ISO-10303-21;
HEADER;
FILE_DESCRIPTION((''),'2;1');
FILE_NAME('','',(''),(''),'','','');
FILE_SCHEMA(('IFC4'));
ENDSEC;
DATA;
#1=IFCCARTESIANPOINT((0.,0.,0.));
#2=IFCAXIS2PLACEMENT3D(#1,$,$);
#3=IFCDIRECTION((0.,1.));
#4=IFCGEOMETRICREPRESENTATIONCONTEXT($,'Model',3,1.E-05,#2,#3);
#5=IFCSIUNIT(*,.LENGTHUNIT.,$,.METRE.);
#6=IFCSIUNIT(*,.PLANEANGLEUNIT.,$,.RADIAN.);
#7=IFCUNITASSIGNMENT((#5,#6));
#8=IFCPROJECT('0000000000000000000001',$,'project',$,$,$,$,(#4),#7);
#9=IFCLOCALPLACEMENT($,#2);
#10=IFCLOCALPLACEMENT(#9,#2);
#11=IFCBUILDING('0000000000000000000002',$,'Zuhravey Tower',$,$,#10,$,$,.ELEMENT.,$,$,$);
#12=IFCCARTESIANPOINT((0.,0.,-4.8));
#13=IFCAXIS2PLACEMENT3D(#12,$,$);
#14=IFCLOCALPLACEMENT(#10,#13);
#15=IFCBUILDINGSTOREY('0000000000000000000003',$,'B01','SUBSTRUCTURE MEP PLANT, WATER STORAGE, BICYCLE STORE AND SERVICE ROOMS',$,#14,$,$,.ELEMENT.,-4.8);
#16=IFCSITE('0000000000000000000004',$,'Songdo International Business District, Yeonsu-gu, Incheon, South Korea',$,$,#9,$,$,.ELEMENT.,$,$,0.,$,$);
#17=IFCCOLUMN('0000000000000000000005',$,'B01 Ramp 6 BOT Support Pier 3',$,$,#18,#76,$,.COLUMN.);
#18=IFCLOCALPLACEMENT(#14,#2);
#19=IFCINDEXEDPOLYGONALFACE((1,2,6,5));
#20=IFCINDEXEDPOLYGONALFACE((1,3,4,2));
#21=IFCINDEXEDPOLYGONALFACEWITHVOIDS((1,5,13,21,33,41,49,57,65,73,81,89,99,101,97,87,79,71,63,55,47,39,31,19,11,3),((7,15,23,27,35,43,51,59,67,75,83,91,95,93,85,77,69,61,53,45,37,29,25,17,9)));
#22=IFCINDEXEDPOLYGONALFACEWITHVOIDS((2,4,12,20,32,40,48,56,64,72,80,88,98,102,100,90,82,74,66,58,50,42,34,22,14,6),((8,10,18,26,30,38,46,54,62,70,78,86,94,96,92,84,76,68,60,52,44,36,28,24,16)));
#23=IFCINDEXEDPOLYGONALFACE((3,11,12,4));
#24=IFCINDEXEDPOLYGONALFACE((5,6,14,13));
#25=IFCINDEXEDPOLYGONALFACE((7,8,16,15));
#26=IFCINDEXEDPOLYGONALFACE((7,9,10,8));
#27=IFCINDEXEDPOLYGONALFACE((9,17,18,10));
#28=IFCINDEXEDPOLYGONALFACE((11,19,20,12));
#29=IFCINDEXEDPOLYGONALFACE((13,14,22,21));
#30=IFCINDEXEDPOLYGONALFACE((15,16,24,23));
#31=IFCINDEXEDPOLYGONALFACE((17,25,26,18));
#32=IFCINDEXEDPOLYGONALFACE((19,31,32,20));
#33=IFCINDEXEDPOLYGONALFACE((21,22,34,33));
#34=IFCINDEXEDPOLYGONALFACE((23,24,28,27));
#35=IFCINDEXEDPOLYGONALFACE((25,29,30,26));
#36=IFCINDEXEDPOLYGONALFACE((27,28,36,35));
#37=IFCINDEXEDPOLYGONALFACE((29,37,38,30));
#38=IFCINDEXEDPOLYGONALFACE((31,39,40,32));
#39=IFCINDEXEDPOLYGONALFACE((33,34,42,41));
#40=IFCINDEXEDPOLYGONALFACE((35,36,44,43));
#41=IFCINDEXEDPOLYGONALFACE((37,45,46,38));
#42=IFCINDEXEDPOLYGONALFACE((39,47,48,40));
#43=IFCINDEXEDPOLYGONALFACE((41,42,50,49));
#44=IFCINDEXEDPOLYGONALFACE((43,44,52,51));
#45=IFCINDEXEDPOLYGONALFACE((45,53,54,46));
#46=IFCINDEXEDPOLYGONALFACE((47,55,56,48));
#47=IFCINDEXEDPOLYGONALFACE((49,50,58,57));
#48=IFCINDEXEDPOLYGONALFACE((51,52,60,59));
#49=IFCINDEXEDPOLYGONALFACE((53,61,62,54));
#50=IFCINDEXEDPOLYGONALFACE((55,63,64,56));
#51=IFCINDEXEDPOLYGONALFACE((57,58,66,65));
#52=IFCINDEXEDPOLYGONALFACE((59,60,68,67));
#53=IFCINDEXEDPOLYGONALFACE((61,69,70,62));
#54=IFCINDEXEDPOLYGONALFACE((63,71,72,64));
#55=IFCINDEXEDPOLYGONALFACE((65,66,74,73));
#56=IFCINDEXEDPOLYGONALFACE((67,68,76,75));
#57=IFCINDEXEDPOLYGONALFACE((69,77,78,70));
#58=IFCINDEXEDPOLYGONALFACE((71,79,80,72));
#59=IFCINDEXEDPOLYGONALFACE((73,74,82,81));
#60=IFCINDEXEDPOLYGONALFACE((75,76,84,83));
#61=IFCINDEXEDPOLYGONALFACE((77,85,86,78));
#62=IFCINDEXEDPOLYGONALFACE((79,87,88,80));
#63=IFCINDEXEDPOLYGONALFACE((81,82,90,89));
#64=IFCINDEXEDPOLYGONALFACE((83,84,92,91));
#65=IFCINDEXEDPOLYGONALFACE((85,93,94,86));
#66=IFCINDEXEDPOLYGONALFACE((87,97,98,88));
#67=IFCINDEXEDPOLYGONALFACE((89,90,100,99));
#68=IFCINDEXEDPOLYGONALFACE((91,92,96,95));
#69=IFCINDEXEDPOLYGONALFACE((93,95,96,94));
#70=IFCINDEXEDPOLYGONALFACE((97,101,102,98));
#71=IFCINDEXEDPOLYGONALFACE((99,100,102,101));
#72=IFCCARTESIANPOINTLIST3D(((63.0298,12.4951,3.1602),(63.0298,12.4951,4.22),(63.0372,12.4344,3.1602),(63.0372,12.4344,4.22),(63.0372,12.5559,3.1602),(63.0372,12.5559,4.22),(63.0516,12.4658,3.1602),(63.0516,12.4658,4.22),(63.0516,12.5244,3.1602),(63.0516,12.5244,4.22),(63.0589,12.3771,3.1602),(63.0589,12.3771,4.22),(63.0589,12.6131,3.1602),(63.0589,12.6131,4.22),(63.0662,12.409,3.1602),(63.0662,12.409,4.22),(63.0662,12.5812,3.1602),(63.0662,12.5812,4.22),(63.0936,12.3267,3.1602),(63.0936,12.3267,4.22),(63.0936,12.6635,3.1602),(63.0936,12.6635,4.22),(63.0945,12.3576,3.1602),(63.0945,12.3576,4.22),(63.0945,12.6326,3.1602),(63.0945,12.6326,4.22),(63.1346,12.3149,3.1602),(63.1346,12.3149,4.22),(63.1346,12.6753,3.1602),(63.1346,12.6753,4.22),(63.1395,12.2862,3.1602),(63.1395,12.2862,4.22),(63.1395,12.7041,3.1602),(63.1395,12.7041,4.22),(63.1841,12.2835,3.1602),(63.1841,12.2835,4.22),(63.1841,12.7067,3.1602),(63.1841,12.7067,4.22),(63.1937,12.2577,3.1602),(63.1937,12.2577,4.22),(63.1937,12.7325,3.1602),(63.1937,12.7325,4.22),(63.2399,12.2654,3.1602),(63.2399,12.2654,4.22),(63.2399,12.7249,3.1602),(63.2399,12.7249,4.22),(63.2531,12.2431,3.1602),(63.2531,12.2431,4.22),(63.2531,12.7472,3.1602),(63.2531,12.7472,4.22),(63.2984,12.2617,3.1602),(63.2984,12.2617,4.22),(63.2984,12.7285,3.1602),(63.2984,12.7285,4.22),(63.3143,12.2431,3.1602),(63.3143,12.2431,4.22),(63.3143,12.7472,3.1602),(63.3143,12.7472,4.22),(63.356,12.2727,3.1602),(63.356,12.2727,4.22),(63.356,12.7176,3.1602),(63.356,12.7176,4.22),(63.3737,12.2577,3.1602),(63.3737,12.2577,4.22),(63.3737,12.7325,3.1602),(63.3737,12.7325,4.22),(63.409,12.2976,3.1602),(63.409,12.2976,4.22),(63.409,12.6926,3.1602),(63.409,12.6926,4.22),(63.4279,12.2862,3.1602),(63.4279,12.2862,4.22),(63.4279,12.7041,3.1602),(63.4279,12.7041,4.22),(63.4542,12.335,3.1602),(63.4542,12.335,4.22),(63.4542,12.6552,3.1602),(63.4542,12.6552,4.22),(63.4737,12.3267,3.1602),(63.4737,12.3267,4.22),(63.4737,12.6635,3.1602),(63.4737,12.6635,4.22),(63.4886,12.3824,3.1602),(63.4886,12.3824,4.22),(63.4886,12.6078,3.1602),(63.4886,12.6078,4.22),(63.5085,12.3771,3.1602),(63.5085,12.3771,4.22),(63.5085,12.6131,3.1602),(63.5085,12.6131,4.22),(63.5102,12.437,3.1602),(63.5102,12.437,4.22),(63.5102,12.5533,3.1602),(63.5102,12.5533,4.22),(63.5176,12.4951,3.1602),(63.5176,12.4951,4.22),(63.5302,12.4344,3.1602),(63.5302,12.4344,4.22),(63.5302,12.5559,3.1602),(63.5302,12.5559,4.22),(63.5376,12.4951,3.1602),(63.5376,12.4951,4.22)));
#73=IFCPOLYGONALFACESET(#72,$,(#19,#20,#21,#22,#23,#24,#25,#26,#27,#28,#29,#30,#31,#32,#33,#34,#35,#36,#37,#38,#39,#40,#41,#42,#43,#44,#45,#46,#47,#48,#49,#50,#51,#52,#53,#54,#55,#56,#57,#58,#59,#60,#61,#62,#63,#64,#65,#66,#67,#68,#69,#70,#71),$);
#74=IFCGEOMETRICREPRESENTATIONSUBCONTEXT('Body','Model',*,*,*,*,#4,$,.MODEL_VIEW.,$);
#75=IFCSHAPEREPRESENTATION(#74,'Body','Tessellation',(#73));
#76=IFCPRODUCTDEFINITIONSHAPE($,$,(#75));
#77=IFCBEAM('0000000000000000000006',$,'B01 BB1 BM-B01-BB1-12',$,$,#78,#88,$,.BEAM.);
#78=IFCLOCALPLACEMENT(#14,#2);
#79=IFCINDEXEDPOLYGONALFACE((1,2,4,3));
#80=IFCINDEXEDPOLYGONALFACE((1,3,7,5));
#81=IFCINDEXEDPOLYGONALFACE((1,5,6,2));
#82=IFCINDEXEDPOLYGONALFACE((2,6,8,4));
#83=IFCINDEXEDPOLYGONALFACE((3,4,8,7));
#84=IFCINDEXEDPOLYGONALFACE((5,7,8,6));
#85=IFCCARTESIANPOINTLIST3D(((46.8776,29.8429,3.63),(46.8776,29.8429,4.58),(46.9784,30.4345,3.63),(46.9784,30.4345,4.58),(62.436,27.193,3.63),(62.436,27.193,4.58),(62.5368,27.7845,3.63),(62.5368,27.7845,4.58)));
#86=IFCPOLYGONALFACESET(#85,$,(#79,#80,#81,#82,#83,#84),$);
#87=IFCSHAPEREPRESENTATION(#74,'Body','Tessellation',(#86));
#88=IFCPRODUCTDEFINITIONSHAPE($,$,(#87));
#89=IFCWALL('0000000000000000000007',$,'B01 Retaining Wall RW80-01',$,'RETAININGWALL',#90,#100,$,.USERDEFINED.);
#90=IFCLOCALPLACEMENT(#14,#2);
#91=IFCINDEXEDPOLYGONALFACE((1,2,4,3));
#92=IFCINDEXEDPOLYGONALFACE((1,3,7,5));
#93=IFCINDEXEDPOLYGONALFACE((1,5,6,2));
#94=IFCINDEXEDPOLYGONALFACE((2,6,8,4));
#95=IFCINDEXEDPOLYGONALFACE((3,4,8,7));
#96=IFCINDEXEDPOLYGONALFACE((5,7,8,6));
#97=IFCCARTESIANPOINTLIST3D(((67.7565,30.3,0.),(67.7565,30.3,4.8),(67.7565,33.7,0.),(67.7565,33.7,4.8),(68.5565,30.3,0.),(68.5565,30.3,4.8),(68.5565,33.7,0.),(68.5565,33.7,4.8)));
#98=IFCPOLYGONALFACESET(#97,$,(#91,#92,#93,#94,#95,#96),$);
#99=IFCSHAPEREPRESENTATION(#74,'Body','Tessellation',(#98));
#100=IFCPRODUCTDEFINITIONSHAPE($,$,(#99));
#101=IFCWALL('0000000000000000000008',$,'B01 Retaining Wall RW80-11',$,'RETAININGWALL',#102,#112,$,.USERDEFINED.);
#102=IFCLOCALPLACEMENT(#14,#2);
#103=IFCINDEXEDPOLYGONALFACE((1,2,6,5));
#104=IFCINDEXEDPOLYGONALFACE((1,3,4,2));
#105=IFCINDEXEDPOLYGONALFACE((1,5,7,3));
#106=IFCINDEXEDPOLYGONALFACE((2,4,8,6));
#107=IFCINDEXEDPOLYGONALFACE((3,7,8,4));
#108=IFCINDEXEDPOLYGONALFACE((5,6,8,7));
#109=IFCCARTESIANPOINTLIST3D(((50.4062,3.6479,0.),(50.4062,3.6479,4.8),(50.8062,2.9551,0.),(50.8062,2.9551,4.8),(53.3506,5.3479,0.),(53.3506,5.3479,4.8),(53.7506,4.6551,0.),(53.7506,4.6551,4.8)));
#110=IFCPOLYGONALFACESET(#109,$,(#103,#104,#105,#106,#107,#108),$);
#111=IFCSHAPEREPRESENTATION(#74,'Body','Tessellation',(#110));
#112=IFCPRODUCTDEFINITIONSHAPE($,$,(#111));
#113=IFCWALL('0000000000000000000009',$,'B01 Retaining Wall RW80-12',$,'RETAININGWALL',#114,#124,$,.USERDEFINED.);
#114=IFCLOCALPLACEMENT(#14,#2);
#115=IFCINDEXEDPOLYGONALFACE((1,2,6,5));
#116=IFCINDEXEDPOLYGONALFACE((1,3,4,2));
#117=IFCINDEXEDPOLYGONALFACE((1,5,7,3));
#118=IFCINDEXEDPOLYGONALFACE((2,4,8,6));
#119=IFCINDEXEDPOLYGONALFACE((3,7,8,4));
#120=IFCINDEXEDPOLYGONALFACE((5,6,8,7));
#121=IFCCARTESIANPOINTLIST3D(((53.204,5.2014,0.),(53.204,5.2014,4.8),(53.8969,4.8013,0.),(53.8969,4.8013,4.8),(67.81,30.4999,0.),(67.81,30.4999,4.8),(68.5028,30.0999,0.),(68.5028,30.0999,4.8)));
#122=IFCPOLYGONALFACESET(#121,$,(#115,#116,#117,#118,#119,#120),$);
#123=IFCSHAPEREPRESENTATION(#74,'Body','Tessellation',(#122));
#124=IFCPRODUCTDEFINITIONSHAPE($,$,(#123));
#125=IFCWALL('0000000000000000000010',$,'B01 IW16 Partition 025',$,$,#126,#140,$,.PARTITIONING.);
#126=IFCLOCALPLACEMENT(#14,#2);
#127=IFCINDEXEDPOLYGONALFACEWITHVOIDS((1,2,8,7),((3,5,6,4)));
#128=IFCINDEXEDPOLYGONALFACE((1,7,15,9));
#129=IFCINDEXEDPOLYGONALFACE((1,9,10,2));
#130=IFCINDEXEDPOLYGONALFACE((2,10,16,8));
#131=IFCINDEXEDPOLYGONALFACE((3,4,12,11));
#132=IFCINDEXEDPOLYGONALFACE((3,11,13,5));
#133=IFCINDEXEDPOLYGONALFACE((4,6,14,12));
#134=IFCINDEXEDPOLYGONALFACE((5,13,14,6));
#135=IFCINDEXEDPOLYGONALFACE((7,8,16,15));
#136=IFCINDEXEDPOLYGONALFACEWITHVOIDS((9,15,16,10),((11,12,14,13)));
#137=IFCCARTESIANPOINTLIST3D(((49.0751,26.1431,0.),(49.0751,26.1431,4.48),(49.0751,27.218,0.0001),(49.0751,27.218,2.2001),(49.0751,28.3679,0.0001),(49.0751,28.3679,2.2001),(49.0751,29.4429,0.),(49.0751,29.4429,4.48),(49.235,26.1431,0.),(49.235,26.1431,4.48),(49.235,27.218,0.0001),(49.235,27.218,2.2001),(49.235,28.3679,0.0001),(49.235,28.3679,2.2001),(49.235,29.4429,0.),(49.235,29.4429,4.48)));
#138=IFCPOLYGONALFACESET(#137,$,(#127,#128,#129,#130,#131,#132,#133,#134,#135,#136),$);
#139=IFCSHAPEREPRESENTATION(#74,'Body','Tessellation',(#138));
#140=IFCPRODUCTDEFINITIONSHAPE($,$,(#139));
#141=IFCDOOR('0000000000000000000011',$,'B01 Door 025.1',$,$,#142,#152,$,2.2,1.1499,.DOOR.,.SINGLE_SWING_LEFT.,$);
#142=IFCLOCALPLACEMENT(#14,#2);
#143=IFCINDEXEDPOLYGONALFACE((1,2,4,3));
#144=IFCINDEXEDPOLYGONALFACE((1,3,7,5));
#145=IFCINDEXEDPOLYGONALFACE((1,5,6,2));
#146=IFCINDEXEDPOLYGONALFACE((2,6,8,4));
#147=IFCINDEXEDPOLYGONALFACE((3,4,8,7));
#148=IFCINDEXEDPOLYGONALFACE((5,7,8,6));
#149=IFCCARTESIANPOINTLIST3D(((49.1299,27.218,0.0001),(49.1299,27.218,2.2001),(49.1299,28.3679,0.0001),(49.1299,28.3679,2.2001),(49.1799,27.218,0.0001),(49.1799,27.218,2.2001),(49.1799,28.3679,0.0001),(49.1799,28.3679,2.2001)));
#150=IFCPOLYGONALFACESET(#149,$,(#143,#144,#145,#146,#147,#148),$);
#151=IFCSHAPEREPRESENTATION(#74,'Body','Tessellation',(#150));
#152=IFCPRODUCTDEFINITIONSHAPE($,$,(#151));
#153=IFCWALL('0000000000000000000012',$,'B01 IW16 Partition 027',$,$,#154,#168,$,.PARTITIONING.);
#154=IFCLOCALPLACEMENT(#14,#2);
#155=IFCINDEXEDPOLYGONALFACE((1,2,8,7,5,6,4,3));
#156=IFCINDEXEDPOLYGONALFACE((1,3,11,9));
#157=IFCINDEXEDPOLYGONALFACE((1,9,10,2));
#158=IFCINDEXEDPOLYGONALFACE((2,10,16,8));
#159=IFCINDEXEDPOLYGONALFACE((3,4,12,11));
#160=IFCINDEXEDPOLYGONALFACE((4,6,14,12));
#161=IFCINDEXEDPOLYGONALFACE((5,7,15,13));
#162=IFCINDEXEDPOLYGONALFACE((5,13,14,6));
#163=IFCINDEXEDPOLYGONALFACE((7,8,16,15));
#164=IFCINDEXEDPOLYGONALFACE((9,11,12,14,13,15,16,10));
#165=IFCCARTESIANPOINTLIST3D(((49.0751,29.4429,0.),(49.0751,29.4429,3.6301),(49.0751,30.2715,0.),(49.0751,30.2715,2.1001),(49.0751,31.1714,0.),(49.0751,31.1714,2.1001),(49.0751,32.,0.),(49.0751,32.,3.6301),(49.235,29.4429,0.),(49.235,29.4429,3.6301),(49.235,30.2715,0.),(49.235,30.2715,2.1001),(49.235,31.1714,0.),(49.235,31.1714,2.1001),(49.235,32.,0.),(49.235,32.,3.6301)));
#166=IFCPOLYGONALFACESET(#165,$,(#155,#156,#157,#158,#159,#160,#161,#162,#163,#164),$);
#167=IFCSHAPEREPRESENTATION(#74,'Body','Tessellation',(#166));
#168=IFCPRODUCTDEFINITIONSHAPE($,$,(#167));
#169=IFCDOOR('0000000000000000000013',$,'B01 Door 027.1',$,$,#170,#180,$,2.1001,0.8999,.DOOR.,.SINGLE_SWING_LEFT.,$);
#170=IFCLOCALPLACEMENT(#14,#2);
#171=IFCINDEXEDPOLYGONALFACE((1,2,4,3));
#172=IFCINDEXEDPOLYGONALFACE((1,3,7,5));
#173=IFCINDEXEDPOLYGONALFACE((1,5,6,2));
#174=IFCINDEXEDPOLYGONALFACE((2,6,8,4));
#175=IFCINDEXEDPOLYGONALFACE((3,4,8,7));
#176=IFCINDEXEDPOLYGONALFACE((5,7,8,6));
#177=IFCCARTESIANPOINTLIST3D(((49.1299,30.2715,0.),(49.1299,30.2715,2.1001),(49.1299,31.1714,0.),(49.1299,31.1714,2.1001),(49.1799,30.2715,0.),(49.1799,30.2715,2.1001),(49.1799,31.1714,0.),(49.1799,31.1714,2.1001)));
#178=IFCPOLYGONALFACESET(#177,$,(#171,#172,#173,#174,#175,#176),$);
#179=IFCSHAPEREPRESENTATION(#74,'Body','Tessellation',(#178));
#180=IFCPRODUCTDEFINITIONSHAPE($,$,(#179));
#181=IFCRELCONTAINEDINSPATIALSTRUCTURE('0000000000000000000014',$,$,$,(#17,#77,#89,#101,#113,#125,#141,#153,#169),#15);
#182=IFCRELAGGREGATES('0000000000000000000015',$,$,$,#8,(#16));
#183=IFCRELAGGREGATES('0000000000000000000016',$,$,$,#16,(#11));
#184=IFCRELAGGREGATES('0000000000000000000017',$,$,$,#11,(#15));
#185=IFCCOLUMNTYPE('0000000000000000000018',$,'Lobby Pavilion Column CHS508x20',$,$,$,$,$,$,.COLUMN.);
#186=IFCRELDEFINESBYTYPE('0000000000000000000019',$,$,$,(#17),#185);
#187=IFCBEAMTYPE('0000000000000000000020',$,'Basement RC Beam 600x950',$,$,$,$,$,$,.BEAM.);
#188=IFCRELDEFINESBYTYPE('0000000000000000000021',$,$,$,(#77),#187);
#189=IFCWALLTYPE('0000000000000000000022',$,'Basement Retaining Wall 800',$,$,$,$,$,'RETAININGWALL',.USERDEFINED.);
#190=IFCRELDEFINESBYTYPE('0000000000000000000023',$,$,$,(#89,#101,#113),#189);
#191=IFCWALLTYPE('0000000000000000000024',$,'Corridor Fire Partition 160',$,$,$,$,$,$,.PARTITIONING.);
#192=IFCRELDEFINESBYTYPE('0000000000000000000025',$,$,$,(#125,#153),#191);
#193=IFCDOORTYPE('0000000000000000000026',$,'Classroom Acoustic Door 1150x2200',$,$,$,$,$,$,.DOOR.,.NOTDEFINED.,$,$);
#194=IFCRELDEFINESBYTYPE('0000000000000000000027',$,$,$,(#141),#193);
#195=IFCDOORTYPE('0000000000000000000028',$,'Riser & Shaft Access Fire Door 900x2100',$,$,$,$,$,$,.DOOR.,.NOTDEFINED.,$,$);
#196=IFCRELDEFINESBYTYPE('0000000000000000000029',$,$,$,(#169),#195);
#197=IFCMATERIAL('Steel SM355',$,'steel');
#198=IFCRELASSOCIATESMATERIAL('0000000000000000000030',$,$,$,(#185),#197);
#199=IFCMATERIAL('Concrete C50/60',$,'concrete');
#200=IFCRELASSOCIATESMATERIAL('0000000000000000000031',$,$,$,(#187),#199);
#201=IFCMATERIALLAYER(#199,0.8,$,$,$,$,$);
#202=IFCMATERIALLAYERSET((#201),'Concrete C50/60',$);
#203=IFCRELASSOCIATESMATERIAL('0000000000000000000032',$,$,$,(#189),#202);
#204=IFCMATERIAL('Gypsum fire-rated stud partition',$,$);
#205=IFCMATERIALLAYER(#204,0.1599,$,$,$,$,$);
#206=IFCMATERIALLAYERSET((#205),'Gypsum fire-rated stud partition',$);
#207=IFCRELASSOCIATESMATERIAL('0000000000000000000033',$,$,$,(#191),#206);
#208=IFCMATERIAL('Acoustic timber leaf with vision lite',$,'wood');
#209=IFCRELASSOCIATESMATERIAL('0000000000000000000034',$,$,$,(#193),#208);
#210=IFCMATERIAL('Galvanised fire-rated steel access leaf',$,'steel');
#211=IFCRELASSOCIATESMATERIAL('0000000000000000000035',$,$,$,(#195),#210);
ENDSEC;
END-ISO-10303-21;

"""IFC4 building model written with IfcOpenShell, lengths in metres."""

from ifc_helpers import new_model, si_unit, direction, frame, frame_2d, origin, origin_2d, place, context, subcontext, project, spatial, rectangle, hollow_circle, extrude, material, layer, layer_set, material_profile, profile_set, type_object, element, fill, save


model = new_model("IFC4")

# Units and contexts
model_context = context("Model", 3, precision=1e-05, world=origin(), true_north=direction((0.0, 1.0)))
body_context = subcontext(model_context, "Body", "Model", "MODEL_VIEW")
ifc_project = project(units=[si_unit("LENGTHUNIT", "METRE"), si_unit("PLANEANGLEUNIT", "RADIAN")], contexts=[model_context])

# Site, building, storey
site_placement = place(None, origin())
site = spatial("IfcSite", under=ifc_project, at=site_placement, Name="Songdo International Business District, Yeonsu-gu, Incheon, South Korea", CompositionType="ELEMENT", RefElevation=0.0)
building_placement = place(site_placement, origin())
building = spatial("IfcBuilding", under=site, at=building_placement, Name="Zuhravey Tower", CompositionType="ELEMENT")
storey_placement = place(building_placement, frame((0.0, 0.0, -4.8)))
storey = spatial("IfcBuildingStorey", under=building, at=storey_placement, Name="B01", Description="SUBSTRUCTURE MEP PLANT, WATER STORAGE, BICYCLE STORE AND SERVICE ROOMS", CompositionType="ELEMENT", Elevation=-4.8)

# Column
ifc_material_1 = material(Name="Steel SM355", Category="steel")
ifc_material_profile_1 = material_profile(ifc_material_1, hollow_circle(Radius=0.2539, WallThickness=0.02, at=origin_2d()), Name="CHS-508x20")
ifc_profile_set_1 = profile_set([ifc_material_profile_1], Name="Steel SM355")
column_type_1 = type_object("IfcColumnType", Name="Lobby Pavilion Column CHS508x20", PredefinedType="COLUMN", material=ifc_profile_set_1)
for number, where, z_axis, x_axis, name in (
    (1, (63.2837, 12.4951, 3.1602), (0.0, 0.0, 1.0), (1.0, 0.0, 0.0), "B01 Ramp 6 BOT Support Pier 3"),
):
    element("IfcColumn", number, at=place(storey_placement, frame(where, z_axis=z_axis, x_axis=x_axis)), inside=storey, type_object=column_type_1, Name=name, PredefinedType="COLUMN", context=body_context, shape_type="SweptSolid", body=[
        extrude(hollow_circle(Radius=0.2539, WallThickness=0.02, at=origin_2d()), origin(), (0.0, 0.0, 1.0), 1.0598),
    ])

# Beam
ifc_material_2 = material(Name="Concrete C50/60", Category="concrete")
ifc_material_profile_2 = material_profile(ifc_material_2, rectangle(XDim=0.6001, YDim=0.95, at=origin_2d()), Name="RC-600x950")
ifc_profile_set_2 = profile_set([ifc_material_profile_2], Name="Concrete C50/60")
beam_type = type_object("IfcBeamType", Name="Basement RC Beam 600x950", PredefinedType="BEAM", material=ifc_profile_set_2)
beam_placement = place(storey_placement, frame((46.928, 30.1387, 4.105), z_axis=(0.985804, -0.167902, 0.0), x_axis=(0.167902, 0.985804, 0.0)))
element("IfcBeam", 2, at=beam_placement, inside=storey, type_object=beam_type, Name="B01 BB1 BM-B01-BB1-12", PredefinedType="BEAM", context=body_context, shape_type="SweptSolid", body=[
    extrude(rectangle(XDim=0.6001, YDim=0.95, at=origin_2d()), origin(), (0.0, 0.0, 1.0), 15.7825),
])

# Walls
ifc_layer_1 = layer(ifc_material_2, 0.8)
ifc_layer_set_1 = layer_set([ifc_layer_1], Name="Concrete C50/60")
wall_type_1 = type_object("IfcWallType", Name="Basement Retaining Wall 800", ElementType="RETAININGWALL", PredefinedType="USERDEFINED", material=ifc_layer_set_1)
for number, where, z_axis, x_axis, name in (
    (3, (68.1565, 30.3, 0.0), (0.0, 0.0, 1.0), (0.0, 1.0, 0.0), "B01 Retaining Wall RW80-01"),
    (4, (50.6062, 3.3015, 0.0), (0.0, 0.0, 1.0), (0.866021, 0.500008, 0.0), "B01 Retaining Wall RW80-11"),
):
    element("IfcWall", number, at=place(storey_placement, frame(where, z_axis=z_axis, x_axis=x_axis)), inside=storey, type_object=wall_type_1, Name=name, ObjectType="RETAININGWALL", PredefinedType="USERDEFINED", context=body_context, shape_type="SweptSolid", body=[
        extrude(rectangle(XDim=3.3999, YDim=0.8, at=frame_2d((1.7, 0.0))), origin(), (0.0, 0.0, 1.0), 4.8),
    ])
wall_1_placement = place(storey_placement, frame((53.5505, 5.0015, 0.0), z_axis=(0.0, 0.0, 1.0), x_axis=(0.499995, 0.866028, 0.0)))
element("IfcWall", 5, at=wall_1_placement, inside=storey, type_object=wall_type_1, Name="B01 Retaining Wall RW80-12", ObjectType="RETAININGWALL", PredefinedType="USERDEFINED", context=body_context, shape_type="SweptSolid", body=[
    extrude(rectangle(XDim=29.2122, YDim=0.8, at=frame_2d((14.606, 0.0))), origin(), (0.0, 0.0, 1.0), 4.8),
])

# Walls, openings, doors
ifc_material_3 = material(Name="Gypsum fire-rated stud partition")
ifc_layer_2 = layer(ifc_material_3, 0.1599)
ifc_layer_set_2 = layer_set([ifc_layer_2], Name="Gypsum fire-rated stud partition")
wall_type_2 = type_object("IfcWallType", Name="Corridor Fire Partition 160", PredefinedType="PARTITIONING", material=ifc_layer_set_2)
wall_2_placement = place(storey_placement, frame((49.155, 26.1431, 0.0), z_axis=(0.0, 0.0, 1.0), x_axis=(0.0, 1.0, 0.0)))
wall_2 = element("IfcWall", 6, at=wall_2_placement, inside=storey, type_object=wall_type_2, Name="B01 IW16 Partition 025", PredefinedType="PARTITIONING", context=body_context, shape_type="SweptSolid", body=[
    extrude(rectangle(XDim=3.2998, YDim=0.1599, at=frame_2d((1.6499, 0.0))), origin(), (0.0, 0.0, 1.0), 4.48),
])
opening_1_placement = place(wall_2_placement, frame((1.075, 0.0, 0.0)))
opening_1 = element("IfcOpeningElement", 7, at=opening_1_placement, cuts=wall_2, PredefinedType="OPENING", context=body_context, shape_type="SweptSolid", body=[
    extrude(rectangle(XDim=1.1499, YDim=2.2, at=frame_2d((0.575, 1.1001))), frame((0.0, 0.092, 0.0), z_axis=(0.0, -1.0, 0.0), x_axis=(1.0, 0.0, 0.0)), (0.0, 0.0, 1.0), 0.1838),
])
ifc_material_4 = material(Name="Acoustic timber leaf with vision lite", Category="wood")
door_type_1 = type_object("IfcDoorType", Name="Classroom Acoustic Door 1150x2200", OperationType="NOTDEFINED", PredefinedType="DOOR", material=ifc_material_4)
door_1_placement = place(opening_1_placement, frame((1.1499, 0.0, 0.0), z_axis=(0.0, 0.0, 1.0), x_axis=(-1.0, 0.0, 0.0)))
door_1 = element("IfcDoor", 8, at=door_1_placement, inside=storey, type_object=door_type_1, Name="B01 Door 025.1", OperationType="SINGLE_SWING_LEFT", OverallHeight=2.2, OverallWidth=1.1499, PredefinedType="DOOR", context=body_context, shape_type="SweptSolid", body=[
    extrude(rectangle(XDim=1.1499, YDim=2.2, at=frame_2d((0.575, 1.1001))), frame((0.0, 0.0249, 0.0), z_axis=(0.0, -1.0, 0.0), x_axis=(1.0, 0.0, 0.0)), (0.0, 0.0, 1.0), 0.05),
])
fill(opening_1, door_1)
wall_3_placement = place(storey_placement, frame((49.155, 29.4429, 0.0), z_axis=(0.0, 0.0, 1.0), x_axis=(0.0, 1.0, 0.0)))
wall_3 = element("IfcWall", 9, at=wall_3_placement, inside=storey, type_object=wall_type_2, Name="B01 IW16 Partition 027", PredefinedType="PARTITIONING", context=body_context, shape_type="SweptSolid", body=[
    extrude(rectangle(XDim=2.5571, YDim=0.1599, at=frame_2d((1.2786, 0.0))), origin(), (0.0, 0.0, 1.0), 3.6301),
])
opening_2_placement = place(wall_3_placement, frame((0.8286, 0.0, 0.0)))
opening_2 = element("IfcOpeningElement", 10, at=opening_2_placement, cuts=wall_3, PredefinedType="OPENING", context=body_context, shape_type="SweptSolid", body=[
    extrude(rectangle(XDim=0.8999, YDim=2.1001, at=frame_2d((0.45, 1.05))), frame((0.0, 0.092, 0.0), z_axis=(0.0, -1.0, 0.0), x_axis=(1.0, 0.0, 0.0)), (0.0, 0.0, 1.0), 0.1838),
])
ifc_material_5 = material(Name="Galvanised fire-rated steel access leaf", Category="steel")
door_type_2 = type_object("IfcDoorType", Name="Riser & Shaft Access Fire Door 900x2100", OperationType="NOTDEFINED", PredefinedType="DOOR", material=ifc_material_5)
door_2_placement = place(opening_2_placement, frame((0.8999, 0.0, 0.0), z_axis=(0.0, 0.0, 1.0), x_axis=(-1.0, 0.0, 0.0)))
door_2 = element("IfcDoor", 11, at=door_2_placement, inside=storey, type_object=door_type_2, Name="B01 Door 027.1", OperationType="SINGLE_SWING_LEFT", OverallHeight=2.1001, OverallWidth=0.8999, PredefinedType="DOOR", context=body_context, shape_type="SweptSolid", body=[
    extrude(rectangle(XDim=0.8999, YDim=2.1001, at=frame_2d((0.45, 1.05))), frame((0.0, 0.0249, 0.0), z_axis=(0.0, -1.0, 0.0), x_axis=(1.0, 0.0, 0.0)), (0.0, 0.0, 1.0), 0.05),
])
fill(opening_2, door_2)

save(model, "model.ifc")
